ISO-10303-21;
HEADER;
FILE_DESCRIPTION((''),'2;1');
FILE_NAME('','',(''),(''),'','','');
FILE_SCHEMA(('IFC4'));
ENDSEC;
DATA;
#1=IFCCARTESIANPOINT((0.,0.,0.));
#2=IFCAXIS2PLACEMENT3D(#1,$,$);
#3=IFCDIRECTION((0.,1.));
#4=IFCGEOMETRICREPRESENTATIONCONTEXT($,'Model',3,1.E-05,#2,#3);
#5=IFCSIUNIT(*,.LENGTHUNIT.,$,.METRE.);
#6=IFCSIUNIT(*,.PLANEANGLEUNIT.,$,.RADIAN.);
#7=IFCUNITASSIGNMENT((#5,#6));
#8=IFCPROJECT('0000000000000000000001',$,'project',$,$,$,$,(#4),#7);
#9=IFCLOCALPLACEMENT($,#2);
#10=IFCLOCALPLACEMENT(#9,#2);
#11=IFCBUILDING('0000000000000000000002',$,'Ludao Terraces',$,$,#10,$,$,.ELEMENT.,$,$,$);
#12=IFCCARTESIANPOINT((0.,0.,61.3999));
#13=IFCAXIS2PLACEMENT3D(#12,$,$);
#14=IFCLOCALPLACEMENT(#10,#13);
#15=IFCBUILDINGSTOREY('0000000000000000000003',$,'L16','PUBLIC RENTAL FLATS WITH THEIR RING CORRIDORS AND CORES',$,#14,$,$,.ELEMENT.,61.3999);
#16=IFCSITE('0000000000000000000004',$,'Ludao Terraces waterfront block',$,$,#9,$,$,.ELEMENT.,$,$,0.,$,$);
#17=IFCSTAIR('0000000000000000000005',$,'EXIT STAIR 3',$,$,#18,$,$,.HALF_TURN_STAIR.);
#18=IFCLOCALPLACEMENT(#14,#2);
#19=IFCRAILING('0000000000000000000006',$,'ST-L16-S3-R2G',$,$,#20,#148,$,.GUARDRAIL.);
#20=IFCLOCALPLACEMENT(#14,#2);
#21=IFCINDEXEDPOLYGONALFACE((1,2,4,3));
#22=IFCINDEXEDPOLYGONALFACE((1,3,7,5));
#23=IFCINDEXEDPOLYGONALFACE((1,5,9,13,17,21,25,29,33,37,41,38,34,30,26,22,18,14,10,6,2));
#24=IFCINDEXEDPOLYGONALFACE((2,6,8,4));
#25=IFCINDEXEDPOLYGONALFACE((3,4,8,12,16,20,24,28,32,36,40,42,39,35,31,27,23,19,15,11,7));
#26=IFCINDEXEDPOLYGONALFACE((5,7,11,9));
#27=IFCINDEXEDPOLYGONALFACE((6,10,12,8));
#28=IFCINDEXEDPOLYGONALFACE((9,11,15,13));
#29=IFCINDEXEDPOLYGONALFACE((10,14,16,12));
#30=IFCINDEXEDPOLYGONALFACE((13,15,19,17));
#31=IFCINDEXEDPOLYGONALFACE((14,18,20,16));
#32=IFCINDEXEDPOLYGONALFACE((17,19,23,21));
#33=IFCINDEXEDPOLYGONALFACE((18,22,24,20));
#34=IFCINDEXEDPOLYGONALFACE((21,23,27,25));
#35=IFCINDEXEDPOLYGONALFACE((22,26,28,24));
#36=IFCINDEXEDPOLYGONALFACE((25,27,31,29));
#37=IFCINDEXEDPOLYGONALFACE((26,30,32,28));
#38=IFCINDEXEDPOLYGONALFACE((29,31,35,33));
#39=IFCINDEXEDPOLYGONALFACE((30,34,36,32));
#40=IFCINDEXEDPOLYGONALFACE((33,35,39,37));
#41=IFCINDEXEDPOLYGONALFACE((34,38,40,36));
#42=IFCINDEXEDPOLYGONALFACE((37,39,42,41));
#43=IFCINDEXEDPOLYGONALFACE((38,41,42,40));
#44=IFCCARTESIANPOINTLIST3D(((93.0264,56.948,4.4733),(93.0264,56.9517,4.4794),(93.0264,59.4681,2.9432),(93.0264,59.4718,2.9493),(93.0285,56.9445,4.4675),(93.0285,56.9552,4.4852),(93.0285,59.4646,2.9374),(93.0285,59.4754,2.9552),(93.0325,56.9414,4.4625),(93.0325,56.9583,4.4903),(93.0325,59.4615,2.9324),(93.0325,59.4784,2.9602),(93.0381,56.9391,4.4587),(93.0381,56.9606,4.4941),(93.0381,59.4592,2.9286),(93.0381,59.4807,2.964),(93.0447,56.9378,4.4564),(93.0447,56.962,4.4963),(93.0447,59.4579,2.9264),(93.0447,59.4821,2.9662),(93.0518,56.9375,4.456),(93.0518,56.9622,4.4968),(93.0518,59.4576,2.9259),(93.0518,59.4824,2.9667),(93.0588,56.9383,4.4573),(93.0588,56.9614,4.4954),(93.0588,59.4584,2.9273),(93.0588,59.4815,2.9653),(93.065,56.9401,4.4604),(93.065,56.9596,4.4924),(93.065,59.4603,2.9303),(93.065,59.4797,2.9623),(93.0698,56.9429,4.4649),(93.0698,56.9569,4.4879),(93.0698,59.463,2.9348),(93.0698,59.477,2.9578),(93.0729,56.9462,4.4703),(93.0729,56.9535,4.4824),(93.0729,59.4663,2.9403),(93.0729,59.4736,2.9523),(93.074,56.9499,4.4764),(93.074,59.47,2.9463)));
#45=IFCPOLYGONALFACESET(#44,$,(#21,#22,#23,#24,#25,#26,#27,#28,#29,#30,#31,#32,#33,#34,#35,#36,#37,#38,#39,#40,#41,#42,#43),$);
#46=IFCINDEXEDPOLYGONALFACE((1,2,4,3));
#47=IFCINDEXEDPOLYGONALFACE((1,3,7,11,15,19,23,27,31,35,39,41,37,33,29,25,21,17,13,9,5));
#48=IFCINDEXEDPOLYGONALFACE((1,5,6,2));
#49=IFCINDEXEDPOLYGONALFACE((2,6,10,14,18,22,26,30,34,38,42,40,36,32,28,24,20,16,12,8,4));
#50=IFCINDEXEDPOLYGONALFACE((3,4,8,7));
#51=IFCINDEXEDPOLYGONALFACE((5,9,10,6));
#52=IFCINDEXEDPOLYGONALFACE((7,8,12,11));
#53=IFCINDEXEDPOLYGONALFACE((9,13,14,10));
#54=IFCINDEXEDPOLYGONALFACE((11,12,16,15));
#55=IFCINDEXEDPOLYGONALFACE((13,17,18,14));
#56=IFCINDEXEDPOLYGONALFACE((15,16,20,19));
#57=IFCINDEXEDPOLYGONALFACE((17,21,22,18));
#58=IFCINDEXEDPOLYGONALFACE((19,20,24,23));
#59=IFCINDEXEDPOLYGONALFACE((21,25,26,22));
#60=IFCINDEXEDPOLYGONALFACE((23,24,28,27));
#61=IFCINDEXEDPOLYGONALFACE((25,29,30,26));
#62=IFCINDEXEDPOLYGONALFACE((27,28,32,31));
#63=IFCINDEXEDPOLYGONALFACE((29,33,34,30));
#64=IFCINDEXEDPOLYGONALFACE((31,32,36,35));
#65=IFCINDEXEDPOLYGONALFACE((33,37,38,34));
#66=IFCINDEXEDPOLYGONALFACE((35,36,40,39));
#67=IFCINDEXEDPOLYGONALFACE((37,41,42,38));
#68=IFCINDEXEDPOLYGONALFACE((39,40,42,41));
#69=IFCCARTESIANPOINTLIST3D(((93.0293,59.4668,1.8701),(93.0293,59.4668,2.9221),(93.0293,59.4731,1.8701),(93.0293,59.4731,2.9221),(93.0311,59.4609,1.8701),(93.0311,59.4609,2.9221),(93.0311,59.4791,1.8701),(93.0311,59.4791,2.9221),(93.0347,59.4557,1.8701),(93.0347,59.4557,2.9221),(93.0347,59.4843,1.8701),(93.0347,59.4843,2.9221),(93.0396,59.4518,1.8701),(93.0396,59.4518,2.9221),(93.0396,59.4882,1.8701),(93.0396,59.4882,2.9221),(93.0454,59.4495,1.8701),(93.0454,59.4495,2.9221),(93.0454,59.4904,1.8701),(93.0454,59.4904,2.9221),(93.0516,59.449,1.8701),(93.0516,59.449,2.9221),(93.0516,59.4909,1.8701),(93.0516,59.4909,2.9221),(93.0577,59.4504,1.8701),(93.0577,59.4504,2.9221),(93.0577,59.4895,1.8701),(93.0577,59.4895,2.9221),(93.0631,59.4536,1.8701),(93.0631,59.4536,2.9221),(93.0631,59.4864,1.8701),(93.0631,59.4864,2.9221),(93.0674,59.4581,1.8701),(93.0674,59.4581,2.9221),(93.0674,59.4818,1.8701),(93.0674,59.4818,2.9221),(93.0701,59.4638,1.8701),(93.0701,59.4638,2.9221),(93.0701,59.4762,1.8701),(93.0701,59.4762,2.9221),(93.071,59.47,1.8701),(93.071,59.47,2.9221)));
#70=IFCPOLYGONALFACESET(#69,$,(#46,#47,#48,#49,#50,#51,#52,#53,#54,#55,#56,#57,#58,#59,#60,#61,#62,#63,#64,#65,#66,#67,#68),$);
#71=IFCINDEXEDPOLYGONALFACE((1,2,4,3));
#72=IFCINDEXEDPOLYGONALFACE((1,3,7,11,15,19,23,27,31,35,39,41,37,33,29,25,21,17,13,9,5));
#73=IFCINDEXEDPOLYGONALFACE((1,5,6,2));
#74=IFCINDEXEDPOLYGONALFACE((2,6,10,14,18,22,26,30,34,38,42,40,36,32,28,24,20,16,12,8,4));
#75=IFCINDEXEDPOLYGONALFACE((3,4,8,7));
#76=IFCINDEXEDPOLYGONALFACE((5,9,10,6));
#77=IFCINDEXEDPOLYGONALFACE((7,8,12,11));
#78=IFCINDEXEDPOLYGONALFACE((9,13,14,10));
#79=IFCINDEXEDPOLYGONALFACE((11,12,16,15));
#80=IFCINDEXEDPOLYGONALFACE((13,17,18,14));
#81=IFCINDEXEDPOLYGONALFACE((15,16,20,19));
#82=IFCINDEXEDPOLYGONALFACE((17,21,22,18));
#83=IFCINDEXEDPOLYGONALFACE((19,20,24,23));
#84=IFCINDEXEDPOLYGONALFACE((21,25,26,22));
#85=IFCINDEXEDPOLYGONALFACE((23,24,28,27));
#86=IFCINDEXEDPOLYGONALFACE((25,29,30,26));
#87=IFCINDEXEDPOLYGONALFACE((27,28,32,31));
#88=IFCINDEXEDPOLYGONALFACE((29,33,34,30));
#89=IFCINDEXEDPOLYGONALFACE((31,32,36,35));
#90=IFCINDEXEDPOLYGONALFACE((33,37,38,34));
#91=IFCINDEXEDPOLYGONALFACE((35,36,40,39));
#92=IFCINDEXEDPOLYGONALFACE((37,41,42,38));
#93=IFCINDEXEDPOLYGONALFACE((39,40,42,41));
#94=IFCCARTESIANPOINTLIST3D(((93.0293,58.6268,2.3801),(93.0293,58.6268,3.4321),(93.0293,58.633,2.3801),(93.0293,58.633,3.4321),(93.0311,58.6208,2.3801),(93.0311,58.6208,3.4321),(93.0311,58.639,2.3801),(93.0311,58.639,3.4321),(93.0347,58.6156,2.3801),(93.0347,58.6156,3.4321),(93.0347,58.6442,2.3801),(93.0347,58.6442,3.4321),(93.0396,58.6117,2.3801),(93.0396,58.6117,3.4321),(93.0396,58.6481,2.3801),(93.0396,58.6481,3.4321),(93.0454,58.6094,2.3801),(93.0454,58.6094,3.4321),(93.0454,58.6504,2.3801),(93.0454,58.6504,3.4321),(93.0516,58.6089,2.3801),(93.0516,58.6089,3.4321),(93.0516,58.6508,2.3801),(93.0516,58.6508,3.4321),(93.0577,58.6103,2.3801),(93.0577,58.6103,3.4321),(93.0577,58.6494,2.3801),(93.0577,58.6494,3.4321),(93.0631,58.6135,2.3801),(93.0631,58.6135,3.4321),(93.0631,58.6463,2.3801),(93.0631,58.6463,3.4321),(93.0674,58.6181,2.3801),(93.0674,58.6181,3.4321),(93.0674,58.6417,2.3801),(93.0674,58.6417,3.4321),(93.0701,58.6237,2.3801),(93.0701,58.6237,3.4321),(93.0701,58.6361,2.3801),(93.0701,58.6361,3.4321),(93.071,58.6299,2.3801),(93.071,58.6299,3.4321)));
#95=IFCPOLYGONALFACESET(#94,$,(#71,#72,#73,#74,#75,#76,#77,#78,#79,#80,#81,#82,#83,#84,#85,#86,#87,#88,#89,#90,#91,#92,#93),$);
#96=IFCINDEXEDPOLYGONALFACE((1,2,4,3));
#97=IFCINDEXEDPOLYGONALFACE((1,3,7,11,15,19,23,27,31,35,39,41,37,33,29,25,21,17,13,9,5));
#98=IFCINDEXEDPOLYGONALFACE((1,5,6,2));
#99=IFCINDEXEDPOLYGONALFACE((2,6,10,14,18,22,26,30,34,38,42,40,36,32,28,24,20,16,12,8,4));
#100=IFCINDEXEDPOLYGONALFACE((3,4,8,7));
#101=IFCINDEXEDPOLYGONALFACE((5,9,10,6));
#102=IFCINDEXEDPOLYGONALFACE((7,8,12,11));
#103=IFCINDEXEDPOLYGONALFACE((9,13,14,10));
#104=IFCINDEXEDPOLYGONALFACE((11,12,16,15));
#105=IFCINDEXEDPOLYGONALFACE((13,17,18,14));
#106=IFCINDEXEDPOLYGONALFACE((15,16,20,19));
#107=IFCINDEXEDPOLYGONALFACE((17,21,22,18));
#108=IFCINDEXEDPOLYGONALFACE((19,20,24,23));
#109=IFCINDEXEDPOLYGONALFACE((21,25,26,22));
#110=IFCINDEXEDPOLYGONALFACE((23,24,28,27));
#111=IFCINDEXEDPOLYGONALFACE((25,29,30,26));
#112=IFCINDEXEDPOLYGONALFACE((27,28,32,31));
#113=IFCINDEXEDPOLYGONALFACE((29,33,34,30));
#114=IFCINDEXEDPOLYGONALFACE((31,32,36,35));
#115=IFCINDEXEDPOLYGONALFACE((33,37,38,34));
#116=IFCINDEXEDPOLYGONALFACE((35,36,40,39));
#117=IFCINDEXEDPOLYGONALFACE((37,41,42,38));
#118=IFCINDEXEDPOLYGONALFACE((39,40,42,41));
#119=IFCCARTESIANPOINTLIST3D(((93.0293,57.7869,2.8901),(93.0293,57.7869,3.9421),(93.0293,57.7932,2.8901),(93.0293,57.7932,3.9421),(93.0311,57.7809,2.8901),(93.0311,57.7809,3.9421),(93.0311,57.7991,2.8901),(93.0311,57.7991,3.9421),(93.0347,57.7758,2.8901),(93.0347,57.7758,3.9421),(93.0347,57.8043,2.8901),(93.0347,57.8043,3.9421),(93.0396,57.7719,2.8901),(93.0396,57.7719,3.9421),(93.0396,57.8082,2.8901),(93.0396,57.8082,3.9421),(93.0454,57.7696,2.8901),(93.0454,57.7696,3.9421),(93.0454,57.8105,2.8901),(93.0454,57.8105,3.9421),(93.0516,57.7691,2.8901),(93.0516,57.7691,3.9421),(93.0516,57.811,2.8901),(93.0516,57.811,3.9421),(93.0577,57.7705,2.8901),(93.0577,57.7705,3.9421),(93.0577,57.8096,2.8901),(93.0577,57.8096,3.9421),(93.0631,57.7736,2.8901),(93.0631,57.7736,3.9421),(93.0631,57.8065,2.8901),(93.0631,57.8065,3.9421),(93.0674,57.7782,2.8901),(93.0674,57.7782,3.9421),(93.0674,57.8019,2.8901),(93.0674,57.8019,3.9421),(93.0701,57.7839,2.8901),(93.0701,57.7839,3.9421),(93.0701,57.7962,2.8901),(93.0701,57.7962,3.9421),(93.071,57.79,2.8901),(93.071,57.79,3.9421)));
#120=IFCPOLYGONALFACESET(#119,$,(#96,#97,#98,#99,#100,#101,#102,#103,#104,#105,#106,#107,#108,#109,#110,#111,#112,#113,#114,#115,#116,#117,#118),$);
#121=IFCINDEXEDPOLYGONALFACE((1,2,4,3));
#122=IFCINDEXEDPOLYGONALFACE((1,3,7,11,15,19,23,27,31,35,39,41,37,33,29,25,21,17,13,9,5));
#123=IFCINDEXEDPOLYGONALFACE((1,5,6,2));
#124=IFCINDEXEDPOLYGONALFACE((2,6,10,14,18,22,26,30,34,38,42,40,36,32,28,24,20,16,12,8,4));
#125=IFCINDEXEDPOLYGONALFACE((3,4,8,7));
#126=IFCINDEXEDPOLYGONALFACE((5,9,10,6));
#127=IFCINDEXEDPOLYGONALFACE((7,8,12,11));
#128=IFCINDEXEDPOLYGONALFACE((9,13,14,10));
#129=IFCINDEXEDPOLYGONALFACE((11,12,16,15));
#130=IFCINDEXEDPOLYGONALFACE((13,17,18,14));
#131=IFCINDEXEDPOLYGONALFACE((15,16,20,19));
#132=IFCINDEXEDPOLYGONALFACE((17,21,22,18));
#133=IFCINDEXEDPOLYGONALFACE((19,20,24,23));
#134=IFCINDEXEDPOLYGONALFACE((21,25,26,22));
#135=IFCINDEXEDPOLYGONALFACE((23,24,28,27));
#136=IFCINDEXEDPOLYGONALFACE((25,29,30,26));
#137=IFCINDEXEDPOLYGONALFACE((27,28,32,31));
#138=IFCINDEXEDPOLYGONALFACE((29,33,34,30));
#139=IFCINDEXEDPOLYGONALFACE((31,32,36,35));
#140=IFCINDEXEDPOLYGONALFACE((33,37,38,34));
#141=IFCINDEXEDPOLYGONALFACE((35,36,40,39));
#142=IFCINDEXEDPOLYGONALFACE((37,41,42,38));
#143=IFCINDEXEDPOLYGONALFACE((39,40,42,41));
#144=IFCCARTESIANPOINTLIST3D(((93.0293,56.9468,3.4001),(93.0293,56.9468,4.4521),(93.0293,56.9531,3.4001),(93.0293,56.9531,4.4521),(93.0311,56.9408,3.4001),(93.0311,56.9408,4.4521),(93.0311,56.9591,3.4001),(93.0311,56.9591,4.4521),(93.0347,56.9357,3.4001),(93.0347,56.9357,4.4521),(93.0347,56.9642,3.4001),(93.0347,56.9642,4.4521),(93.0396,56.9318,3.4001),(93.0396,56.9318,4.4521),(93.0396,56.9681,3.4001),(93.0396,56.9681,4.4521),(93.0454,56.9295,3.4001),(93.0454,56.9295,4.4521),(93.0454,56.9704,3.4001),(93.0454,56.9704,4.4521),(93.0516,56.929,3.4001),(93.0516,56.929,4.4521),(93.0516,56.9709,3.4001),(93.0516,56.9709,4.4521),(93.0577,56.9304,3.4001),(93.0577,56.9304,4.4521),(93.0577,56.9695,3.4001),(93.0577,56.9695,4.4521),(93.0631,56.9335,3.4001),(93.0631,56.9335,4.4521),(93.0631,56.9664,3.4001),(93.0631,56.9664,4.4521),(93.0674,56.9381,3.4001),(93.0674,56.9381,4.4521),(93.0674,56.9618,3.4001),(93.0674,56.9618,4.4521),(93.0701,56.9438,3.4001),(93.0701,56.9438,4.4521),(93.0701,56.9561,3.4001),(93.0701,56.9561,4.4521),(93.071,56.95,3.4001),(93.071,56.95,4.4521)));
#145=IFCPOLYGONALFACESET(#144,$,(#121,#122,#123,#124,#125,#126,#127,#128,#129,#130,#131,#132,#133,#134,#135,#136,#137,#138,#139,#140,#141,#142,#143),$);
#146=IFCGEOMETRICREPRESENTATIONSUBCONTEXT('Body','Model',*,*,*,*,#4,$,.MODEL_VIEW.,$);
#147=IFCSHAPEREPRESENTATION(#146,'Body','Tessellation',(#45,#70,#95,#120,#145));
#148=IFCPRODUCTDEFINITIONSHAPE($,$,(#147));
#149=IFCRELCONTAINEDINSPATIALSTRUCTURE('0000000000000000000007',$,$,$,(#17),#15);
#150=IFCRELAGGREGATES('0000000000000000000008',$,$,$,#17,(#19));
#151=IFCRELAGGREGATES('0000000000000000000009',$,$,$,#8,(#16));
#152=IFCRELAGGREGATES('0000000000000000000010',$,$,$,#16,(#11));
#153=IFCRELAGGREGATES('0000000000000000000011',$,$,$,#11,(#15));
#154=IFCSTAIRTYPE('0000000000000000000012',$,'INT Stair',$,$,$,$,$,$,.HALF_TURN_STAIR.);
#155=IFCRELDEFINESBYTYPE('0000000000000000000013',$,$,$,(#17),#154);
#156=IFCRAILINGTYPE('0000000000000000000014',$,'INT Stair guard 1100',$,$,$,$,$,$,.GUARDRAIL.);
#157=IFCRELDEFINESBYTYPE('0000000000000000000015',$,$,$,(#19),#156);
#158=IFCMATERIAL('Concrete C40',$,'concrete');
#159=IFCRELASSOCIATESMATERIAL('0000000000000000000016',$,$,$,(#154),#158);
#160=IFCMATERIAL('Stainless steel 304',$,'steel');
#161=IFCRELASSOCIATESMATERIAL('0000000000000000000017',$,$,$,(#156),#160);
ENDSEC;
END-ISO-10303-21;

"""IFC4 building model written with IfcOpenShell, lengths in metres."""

from ifc_helpers import new_model, si_unit, direction, frame, origin, origin_2d, place, context, subcontext, project, spatial, circle, extrude, material, type_object, element, aggregate, save


model = new_model("IFC4")

# Units and contexts
model_context = context("Model", 3, precision=1e-05, world=origin(), true_north=direction((0.0, 1.0)))
body_context = subcontext(model_context, "Body", "Model", "MODEL_VIEW")
ifc_project = project(units=[si_unit("LENGTHUNIT", "METRE"), si_unit("PLANEANGLEUNIT", "RADIAN")], contexts=[model_context])

# Site, building, storey
site_placement = place(None, origin())
site = spatial("IfcSite", under=ifc_project, at=site_placement, Name="Ludao Terraces waterfront block", CompositionType="ELEMENT", RefElevation=0.0)
building_placement = place(site_placement, origin())
building = spatial("IfcBuilding", under=site, at=building_placement, Name="Ludao Terraces", CompositionType="ELEMENT")
storey_placement = place(building_placement, frame((0.0, 0.0, 61.3999)))
storey = spatial("IfcBuildingStorey", under=building, at=storey_placement, Name="L16", Description="PUBLIC RENTAL FLATS WITH THEIR RING CORRIDORS AND CORES", CompositionType="ELEMENT", Elevation=61.3999)

# Stair, railing
ifc_material_1 = material(Name="Concrete C40", Category="concrete")
stair_type = type_object("IfcStairType", Name="INT Stair", PredefinedType="HALF_TURN_STAIR", material=ifc_material_1)
stair_placement = place(storey_placement, origin())
stair = element("IfcStair", 1, at=stair_placement, inside=storey, type_object=stair_type, Name="EXIT STAIR 3", PredefinedType="HALF_TURN_STAIR")
ifc_material_2 = material(Name="Stainless steel 304", Category="steel")
railing_type_1 = type_object("IfcRailingType", Name="INT Stair guard 1100", PredefinedType="GUARDRAIL", material=ifc_material_2)
railing_1_placement = place(storey_placement, frame((93.05, 59.47, 1.8701)))
railing_1 = element("IfcRailing", 2, at=railing_1_placement, type_object=railing_type_1, Name="ST-L16-S3-R2G", PredefinedType="GUARDRAIL", context=body_context, shape_type="SweptSolid", body=[
    extrude(circle(Radius=0.0239, at=origin_2d()), frame((0.0, 0.0, 1.0762), z_axis=(0.0, -0.854785, 0.518982), x_axis=(1.0, 0.0, 0.0)), (0.0, 0.0, 1.0), 2.9482),
    extrude(circle(Radius=0.021, at=origin_2d()), origin(), (0.0, 0.0, 1.0), 1.052),
    extrude(circle(Radius=0.021, at=origin_2d()), frame((0.0, -0.8401, 0.51)), (0.0, 0.0, 1.0), 1.052),
    extrude(circle(Radius=0.021, at=origin_2d()), frame((0.0, -1.6799, 1.02)), (0.0, 0.0, 1.0), 1.052),
    extrude(circle(Radius=0.021, at=origin_2d()), frame((0.0, -2.52, 1.53)), (0.0, 0.0, 1.0), 1.052),
])
aggregate(stair, [railing_1])

save(model, "model.ifc")
